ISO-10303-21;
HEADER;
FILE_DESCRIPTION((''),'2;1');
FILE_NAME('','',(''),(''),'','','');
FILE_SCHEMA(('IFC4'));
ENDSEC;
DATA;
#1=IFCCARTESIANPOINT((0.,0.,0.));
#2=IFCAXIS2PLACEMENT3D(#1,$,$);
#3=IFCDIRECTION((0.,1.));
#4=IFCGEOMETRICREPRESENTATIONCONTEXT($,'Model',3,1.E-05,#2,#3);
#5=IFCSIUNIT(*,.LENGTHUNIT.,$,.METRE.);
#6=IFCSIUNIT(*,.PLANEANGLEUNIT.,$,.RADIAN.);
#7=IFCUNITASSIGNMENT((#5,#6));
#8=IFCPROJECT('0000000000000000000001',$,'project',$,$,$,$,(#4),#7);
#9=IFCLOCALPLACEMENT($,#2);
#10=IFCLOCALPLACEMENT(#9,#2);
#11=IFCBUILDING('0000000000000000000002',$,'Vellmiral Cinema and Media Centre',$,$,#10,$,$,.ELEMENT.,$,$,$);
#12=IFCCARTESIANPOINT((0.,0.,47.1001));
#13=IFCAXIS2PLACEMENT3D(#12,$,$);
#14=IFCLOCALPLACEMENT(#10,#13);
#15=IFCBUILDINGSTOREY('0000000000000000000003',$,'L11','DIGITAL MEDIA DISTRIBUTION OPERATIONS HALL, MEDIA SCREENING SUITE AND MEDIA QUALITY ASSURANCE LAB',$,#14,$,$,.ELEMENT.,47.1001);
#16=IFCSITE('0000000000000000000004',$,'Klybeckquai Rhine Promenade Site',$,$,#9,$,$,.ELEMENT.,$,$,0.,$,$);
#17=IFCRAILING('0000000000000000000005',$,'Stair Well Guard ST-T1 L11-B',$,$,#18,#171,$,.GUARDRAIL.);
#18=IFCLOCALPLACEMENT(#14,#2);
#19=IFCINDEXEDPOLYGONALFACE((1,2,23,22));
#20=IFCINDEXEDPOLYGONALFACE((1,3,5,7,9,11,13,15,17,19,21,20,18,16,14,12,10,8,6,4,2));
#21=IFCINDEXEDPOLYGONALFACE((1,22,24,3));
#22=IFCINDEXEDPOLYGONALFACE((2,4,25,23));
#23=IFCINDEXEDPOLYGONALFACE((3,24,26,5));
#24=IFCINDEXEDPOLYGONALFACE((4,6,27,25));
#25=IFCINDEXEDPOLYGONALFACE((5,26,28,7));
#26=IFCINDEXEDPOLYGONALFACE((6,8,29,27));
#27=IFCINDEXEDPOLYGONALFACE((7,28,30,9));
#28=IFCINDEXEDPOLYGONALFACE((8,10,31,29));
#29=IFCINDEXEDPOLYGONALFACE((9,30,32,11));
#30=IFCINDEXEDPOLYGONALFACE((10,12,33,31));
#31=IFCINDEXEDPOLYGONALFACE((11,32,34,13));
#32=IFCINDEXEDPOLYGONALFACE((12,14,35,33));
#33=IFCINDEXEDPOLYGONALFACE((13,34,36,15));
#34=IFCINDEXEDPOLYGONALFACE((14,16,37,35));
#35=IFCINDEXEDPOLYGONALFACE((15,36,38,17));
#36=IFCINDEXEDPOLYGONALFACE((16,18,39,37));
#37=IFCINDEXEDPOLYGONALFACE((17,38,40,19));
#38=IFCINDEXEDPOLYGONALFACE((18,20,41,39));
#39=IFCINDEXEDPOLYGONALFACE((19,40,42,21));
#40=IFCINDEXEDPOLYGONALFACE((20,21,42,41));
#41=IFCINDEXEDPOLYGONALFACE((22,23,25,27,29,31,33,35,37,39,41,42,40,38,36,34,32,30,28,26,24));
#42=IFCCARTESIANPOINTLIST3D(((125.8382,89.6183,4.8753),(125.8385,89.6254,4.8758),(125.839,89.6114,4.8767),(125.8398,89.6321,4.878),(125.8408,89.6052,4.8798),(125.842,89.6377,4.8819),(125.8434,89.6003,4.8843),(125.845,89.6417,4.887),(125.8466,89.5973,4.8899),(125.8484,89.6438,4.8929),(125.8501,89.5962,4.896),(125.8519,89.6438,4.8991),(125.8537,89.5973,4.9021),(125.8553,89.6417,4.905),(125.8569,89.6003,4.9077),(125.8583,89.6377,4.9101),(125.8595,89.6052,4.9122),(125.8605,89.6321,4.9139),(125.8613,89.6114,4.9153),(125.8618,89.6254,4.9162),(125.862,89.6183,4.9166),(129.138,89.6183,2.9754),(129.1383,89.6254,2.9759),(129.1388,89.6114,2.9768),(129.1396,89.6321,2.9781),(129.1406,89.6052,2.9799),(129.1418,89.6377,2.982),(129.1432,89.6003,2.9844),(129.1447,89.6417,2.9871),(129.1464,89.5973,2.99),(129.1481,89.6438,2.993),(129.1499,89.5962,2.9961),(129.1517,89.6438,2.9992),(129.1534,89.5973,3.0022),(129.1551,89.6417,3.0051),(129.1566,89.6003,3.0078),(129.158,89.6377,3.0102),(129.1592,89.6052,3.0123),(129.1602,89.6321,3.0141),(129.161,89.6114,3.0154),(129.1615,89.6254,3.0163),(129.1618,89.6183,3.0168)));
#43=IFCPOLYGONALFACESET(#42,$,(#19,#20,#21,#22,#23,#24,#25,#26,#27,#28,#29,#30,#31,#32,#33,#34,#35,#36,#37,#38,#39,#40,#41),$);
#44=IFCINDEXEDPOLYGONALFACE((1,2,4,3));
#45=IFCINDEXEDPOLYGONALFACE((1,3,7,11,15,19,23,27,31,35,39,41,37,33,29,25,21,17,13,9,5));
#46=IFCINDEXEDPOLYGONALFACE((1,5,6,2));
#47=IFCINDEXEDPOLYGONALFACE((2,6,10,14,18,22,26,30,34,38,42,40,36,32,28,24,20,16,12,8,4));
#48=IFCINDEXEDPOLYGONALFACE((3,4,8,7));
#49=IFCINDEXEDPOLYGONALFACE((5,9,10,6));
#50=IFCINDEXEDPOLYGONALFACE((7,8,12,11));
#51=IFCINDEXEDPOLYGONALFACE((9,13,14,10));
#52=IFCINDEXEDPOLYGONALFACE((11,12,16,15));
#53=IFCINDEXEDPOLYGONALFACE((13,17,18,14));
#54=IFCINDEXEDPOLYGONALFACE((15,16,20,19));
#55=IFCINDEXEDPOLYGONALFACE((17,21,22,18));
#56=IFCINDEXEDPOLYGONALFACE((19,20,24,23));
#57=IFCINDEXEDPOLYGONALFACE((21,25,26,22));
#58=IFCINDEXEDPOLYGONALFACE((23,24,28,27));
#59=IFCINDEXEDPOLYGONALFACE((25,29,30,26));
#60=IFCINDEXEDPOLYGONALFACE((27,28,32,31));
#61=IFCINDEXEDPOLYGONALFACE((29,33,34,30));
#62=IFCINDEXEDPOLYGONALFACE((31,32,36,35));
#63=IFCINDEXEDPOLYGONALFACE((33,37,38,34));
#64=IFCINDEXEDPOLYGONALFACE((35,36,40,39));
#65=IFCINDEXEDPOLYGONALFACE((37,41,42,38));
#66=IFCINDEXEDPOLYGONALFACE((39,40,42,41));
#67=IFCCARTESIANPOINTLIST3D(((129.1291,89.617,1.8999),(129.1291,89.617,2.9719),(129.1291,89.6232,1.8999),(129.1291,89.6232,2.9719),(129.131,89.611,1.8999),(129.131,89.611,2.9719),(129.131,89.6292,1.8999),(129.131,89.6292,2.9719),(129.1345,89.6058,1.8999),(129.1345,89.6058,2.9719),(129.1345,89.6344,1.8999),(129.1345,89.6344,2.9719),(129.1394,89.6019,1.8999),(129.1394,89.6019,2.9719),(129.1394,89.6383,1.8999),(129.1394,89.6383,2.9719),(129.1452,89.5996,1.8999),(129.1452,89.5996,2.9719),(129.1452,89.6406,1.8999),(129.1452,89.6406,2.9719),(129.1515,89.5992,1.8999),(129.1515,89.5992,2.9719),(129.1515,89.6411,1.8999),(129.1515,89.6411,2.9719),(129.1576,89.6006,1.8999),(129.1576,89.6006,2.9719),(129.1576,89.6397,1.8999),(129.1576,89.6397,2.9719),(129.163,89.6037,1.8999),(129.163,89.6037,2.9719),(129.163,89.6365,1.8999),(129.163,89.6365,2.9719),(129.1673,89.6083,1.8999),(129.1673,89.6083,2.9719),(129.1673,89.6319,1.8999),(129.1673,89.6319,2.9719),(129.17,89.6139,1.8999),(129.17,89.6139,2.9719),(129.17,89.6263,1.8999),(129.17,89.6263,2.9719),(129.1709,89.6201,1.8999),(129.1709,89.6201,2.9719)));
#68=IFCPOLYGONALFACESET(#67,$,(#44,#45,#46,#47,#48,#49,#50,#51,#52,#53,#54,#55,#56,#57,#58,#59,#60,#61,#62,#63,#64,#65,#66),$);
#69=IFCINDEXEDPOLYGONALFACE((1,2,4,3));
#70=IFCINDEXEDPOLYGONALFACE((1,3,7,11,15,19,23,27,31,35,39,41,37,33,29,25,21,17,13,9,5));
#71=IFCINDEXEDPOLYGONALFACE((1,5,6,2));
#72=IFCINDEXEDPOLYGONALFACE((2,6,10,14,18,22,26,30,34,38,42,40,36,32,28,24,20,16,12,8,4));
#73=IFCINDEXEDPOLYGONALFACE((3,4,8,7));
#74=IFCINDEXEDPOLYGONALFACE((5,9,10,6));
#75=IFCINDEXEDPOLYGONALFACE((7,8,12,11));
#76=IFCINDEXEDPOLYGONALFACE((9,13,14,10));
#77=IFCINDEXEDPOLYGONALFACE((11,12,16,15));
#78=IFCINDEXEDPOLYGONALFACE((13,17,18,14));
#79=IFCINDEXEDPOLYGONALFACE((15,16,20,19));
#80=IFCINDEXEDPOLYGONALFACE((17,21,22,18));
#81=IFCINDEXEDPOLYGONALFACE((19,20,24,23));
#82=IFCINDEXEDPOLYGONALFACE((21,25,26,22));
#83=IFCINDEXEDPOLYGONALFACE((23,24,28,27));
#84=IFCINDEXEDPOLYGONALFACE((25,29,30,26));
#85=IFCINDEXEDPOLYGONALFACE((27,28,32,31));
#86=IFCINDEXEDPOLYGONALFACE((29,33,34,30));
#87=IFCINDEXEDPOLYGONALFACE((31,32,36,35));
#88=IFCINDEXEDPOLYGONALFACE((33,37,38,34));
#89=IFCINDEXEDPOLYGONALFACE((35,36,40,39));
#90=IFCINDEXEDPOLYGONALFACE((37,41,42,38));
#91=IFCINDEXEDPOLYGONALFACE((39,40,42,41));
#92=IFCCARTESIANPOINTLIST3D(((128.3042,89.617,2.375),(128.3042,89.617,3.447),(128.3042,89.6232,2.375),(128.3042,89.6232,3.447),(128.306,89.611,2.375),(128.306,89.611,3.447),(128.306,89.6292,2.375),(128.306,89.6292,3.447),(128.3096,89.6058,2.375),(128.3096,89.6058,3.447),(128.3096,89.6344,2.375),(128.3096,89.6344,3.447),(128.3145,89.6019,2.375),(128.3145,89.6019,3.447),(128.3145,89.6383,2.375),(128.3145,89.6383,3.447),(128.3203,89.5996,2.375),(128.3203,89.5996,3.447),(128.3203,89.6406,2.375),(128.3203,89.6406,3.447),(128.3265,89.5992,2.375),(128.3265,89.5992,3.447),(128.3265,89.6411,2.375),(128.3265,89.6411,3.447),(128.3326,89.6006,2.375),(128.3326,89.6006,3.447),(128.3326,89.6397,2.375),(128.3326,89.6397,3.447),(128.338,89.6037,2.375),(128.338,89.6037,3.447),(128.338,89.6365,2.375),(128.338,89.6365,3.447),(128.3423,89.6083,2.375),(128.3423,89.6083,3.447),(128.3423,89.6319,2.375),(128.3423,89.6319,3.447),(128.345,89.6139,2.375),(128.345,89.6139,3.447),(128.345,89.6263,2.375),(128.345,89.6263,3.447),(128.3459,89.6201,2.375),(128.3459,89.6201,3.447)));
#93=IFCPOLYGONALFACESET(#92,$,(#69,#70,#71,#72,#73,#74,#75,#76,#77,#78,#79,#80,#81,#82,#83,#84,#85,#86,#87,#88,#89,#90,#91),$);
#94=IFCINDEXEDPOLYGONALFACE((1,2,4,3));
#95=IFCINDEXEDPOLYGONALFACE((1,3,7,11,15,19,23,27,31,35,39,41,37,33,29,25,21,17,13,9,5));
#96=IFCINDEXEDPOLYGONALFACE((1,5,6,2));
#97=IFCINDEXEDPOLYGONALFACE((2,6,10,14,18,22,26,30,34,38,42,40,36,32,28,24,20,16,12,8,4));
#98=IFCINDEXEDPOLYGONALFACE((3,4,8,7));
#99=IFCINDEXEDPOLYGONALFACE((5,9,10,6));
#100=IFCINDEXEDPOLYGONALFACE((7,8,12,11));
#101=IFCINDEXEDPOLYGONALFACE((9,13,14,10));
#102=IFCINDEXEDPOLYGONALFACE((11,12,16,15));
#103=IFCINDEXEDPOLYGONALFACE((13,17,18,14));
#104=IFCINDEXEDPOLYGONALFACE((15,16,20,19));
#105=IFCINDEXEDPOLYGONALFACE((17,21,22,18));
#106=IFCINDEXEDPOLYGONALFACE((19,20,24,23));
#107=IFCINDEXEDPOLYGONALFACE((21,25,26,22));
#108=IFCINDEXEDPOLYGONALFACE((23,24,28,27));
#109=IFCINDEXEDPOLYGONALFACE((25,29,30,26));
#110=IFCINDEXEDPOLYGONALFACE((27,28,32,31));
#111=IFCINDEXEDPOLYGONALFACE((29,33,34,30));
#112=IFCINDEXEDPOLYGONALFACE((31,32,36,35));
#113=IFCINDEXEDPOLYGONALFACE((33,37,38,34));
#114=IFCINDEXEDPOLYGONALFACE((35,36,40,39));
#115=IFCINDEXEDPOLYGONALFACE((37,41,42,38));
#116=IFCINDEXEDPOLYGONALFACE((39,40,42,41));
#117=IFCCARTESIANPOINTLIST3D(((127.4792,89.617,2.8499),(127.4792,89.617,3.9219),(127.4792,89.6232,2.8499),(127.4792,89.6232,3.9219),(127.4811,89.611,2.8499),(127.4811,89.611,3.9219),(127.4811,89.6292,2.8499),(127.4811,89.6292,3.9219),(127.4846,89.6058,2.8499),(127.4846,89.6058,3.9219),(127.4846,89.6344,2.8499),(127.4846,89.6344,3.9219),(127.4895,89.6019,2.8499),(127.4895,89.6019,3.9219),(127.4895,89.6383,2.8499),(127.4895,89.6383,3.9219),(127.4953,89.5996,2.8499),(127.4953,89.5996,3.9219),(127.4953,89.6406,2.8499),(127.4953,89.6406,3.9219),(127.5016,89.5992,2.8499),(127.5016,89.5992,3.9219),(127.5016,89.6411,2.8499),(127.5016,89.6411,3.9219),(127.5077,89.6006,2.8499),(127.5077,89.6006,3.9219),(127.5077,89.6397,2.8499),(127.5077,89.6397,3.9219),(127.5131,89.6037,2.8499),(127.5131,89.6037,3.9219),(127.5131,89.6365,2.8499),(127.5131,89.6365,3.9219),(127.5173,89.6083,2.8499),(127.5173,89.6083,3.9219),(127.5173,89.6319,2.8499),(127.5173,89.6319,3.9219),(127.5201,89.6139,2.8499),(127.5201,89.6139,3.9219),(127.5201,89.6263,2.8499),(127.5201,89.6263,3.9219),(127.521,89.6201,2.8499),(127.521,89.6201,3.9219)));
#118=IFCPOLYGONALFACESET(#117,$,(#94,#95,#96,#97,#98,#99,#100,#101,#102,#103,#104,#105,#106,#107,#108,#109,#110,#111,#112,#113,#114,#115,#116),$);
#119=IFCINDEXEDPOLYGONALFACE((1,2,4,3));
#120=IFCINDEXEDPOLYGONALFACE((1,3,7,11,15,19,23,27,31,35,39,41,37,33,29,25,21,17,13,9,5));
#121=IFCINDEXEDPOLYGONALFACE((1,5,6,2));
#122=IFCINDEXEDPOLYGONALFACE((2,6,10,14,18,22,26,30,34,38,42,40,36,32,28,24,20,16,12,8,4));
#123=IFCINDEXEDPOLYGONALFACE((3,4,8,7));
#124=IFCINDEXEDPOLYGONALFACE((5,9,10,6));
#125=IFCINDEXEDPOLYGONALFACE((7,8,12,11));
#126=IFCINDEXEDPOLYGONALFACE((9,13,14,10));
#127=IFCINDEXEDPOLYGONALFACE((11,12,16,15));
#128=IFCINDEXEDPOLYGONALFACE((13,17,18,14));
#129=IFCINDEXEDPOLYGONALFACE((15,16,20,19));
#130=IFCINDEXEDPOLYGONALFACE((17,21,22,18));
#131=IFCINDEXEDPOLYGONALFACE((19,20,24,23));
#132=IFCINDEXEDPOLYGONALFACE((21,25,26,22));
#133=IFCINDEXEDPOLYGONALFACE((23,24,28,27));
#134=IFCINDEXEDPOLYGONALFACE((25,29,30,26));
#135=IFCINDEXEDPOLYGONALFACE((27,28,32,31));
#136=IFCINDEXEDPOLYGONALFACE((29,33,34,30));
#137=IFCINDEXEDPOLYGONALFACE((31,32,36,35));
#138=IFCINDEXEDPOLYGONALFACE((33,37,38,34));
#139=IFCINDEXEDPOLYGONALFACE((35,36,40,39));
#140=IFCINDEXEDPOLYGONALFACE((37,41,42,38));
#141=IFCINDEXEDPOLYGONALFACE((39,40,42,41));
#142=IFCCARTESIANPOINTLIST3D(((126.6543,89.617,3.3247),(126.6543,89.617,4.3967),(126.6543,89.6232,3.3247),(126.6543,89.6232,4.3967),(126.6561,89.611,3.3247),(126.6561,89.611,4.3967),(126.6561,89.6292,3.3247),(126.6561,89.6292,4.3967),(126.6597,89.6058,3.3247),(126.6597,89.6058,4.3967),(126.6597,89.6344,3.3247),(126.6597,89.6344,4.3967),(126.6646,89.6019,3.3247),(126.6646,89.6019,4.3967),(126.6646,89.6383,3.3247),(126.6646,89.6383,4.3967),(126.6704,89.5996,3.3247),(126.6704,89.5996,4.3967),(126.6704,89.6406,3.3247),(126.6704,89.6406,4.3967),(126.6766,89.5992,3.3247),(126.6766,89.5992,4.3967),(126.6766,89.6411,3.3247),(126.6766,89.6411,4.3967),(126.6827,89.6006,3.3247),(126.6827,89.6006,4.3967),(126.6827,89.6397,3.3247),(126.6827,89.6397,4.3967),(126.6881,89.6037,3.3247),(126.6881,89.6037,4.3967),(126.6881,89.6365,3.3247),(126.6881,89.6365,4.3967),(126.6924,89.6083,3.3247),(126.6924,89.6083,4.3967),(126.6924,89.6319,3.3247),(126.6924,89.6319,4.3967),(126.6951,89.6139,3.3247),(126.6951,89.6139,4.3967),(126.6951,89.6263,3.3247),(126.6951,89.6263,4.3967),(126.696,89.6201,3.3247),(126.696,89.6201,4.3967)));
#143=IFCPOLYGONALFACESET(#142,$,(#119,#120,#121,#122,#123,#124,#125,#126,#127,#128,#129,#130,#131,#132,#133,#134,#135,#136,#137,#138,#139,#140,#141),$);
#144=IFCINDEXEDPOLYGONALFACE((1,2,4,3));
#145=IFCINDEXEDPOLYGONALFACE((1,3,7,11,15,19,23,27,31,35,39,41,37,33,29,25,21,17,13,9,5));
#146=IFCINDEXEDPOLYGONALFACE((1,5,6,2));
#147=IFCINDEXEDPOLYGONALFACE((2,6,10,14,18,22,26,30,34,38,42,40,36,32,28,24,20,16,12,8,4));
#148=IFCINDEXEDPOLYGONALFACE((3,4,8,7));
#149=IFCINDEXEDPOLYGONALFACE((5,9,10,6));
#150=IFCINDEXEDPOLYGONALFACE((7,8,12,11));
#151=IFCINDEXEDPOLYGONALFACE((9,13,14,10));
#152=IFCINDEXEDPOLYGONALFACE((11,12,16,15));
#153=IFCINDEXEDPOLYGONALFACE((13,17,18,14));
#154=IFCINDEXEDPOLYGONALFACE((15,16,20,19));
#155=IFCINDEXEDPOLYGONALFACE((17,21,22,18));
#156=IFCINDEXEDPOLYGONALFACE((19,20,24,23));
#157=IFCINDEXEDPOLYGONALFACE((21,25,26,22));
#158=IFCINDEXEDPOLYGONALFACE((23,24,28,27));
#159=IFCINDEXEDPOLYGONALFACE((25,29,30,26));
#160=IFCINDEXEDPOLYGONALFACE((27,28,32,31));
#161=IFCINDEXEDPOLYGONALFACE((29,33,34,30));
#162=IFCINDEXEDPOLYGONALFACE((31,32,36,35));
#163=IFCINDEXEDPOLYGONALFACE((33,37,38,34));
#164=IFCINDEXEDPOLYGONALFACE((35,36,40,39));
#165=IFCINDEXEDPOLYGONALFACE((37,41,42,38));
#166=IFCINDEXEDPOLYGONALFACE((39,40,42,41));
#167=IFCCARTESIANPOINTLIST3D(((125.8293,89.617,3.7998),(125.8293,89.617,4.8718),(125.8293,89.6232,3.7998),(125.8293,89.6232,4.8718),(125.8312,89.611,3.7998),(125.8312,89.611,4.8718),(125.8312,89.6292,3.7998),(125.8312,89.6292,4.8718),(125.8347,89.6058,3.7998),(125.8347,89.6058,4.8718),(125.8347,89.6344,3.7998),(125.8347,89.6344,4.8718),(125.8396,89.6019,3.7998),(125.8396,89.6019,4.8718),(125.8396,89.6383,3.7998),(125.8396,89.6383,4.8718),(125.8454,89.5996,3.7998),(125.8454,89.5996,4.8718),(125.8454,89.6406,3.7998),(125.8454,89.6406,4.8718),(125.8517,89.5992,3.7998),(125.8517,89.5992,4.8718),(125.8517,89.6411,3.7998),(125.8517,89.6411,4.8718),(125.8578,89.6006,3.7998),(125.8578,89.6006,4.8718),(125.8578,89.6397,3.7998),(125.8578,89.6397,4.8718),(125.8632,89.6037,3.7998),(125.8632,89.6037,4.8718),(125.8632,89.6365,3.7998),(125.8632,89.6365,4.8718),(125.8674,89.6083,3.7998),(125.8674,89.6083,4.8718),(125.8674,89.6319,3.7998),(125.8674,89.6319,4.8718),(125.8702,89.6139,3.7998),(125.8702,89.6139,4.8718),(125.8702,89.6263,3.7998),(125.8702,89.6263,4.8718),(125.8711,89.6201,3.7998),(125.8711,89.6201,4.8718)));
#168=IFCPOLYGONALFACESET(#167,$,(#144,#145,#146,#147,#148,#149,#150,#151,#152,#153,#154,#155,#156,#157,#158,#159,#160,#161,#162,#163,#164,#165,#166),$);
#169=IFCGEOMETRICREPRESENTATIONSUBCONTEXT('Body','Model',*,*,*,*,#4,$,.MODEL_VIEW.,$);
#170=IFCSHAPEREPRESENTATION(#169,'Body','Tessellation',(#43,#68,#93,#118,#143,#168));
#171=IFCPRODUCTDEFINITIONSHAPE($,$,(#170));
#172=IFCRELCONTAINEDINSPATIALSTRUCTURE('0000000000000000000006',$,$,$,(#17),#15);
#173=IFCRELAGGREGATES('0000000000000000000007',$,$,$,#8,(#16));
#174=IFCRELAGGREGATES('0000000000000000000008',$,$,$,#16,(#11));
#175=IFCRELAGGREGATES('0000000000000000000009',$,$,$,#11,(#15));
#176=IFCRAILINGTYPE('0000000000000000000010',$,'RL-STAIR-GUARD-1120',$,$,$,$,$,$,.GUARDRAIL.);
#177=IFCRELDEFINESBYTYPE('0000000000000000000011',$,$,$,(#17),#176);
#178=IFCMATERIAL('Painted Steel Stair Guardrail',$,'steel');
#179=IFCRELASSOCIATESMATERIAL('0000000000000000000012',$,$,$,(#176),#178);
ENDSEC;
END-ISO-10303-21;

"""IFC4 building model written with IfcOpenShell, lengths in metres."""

from ifc_helpers import new_model, si_unit, direction, frame, origin, origin_2d, place, context, subcontext, project, spatial, circle, extrude, material, type_object, element, save


model = new_model("IFC4")

# Units and contexts
model_context = context("Model", 3, precision=1e-05, world=origin(), true_north=direction((0.0, 1.0)))
body_context = subcontext(model_context, "Body", "Model", "MODEL_VIEW")
ifc_project = project(units=[si_unit("LENGTHUNIT", "METRE"), si_unit("PLANEANGLEUNIT", "RADIAN")], contexts=[model_context])

# Site, building, storey
site_placement = place(None, origin())
site = spatial("IfcSite", under=ifc_project, at=site_placement, Name="Klybeckquai Rhine Promenade Site", CompositionType="ELEMENT", RefElevation=0.0)
building_placement = place(site_placement, origin())
building = spatial("IfcBuilding", under=site, at=building_placement, Name="Vellmiral Cinema and Media Centre", CompositionType="ELEMENT")
storey_placement = place(building_placement, frame((0.0, 0.0, 47.1001)))
storey = spatial("IfcBuildingStorey", under=building, at=storey_placement, Name="L11", Description="DIGITAL MEDIA DISTRIBUTION OPERATIONS HALL, MEDIA SCREENING SUITE AND MEDIA QUALITY ASSURANCE LAB", CompositionType="ELEMENT", Elevation=47.1001)

# Railing
ifc_material_1 = material(Name="Painted Steel Stair Guardrail", Category="steel")
railing_type_1 = type_object("IfcRailingType", Name="RL-STAIR-GUARD-1120", PredefinedType="GUARDRAIL", material=ifc_material_1)
railing_1_placement = place(storey_placement, frame((129.1499, 89.6201, 1.8999)))
element("IfcRailing", 1, at=railing_1_placement, inside=storey, type_object=railing_type_1, Name="Stair Well Guard ST-T1 L11-B", PredefinedType="GUARDRAIL", context=body_context, shape_type="SweptSolid", body=[
    extrude(circle(Radius=0.0239, at=origin_2d()), frame((0.0, 0.0, 1.0962), z_axis=(-0.866621, 0.0, 0.498967), x_axis=(0.0, -1.0, 0.0)), (0.0, 0.0, 1.0), 3.8076),
    extrude(circle(Radius=0.021, at=origin_2d()), origin(), (0.0, 0.0, 1.0), 1.072),
    extrude(circle(Radius=0.021, at=origin_2d()), frame((-0.825, 0.0, 0.4751)), (0.0, 0.0, 1.0), 1.072),
    extrude(circle(Radius=0.021, at=origin_2d()), frame((-1.6499, 0.0, 0.95)), (0.0, 0.0, 1.0), 1.072),
    extrude(circle(Radius=0.021, at=origin_2d()), frame((-2.4749, 0.0, 1.4248)), (0.0, 0.0, 1.0), 1.072),
    extrude(circle(Radius=0.021, at=origin_2d()), frame((-3.2998, 0.0, 1.8999)), (0.0, 0.0, 1.0), 1.072),
])

save(model, "model.ifc")
